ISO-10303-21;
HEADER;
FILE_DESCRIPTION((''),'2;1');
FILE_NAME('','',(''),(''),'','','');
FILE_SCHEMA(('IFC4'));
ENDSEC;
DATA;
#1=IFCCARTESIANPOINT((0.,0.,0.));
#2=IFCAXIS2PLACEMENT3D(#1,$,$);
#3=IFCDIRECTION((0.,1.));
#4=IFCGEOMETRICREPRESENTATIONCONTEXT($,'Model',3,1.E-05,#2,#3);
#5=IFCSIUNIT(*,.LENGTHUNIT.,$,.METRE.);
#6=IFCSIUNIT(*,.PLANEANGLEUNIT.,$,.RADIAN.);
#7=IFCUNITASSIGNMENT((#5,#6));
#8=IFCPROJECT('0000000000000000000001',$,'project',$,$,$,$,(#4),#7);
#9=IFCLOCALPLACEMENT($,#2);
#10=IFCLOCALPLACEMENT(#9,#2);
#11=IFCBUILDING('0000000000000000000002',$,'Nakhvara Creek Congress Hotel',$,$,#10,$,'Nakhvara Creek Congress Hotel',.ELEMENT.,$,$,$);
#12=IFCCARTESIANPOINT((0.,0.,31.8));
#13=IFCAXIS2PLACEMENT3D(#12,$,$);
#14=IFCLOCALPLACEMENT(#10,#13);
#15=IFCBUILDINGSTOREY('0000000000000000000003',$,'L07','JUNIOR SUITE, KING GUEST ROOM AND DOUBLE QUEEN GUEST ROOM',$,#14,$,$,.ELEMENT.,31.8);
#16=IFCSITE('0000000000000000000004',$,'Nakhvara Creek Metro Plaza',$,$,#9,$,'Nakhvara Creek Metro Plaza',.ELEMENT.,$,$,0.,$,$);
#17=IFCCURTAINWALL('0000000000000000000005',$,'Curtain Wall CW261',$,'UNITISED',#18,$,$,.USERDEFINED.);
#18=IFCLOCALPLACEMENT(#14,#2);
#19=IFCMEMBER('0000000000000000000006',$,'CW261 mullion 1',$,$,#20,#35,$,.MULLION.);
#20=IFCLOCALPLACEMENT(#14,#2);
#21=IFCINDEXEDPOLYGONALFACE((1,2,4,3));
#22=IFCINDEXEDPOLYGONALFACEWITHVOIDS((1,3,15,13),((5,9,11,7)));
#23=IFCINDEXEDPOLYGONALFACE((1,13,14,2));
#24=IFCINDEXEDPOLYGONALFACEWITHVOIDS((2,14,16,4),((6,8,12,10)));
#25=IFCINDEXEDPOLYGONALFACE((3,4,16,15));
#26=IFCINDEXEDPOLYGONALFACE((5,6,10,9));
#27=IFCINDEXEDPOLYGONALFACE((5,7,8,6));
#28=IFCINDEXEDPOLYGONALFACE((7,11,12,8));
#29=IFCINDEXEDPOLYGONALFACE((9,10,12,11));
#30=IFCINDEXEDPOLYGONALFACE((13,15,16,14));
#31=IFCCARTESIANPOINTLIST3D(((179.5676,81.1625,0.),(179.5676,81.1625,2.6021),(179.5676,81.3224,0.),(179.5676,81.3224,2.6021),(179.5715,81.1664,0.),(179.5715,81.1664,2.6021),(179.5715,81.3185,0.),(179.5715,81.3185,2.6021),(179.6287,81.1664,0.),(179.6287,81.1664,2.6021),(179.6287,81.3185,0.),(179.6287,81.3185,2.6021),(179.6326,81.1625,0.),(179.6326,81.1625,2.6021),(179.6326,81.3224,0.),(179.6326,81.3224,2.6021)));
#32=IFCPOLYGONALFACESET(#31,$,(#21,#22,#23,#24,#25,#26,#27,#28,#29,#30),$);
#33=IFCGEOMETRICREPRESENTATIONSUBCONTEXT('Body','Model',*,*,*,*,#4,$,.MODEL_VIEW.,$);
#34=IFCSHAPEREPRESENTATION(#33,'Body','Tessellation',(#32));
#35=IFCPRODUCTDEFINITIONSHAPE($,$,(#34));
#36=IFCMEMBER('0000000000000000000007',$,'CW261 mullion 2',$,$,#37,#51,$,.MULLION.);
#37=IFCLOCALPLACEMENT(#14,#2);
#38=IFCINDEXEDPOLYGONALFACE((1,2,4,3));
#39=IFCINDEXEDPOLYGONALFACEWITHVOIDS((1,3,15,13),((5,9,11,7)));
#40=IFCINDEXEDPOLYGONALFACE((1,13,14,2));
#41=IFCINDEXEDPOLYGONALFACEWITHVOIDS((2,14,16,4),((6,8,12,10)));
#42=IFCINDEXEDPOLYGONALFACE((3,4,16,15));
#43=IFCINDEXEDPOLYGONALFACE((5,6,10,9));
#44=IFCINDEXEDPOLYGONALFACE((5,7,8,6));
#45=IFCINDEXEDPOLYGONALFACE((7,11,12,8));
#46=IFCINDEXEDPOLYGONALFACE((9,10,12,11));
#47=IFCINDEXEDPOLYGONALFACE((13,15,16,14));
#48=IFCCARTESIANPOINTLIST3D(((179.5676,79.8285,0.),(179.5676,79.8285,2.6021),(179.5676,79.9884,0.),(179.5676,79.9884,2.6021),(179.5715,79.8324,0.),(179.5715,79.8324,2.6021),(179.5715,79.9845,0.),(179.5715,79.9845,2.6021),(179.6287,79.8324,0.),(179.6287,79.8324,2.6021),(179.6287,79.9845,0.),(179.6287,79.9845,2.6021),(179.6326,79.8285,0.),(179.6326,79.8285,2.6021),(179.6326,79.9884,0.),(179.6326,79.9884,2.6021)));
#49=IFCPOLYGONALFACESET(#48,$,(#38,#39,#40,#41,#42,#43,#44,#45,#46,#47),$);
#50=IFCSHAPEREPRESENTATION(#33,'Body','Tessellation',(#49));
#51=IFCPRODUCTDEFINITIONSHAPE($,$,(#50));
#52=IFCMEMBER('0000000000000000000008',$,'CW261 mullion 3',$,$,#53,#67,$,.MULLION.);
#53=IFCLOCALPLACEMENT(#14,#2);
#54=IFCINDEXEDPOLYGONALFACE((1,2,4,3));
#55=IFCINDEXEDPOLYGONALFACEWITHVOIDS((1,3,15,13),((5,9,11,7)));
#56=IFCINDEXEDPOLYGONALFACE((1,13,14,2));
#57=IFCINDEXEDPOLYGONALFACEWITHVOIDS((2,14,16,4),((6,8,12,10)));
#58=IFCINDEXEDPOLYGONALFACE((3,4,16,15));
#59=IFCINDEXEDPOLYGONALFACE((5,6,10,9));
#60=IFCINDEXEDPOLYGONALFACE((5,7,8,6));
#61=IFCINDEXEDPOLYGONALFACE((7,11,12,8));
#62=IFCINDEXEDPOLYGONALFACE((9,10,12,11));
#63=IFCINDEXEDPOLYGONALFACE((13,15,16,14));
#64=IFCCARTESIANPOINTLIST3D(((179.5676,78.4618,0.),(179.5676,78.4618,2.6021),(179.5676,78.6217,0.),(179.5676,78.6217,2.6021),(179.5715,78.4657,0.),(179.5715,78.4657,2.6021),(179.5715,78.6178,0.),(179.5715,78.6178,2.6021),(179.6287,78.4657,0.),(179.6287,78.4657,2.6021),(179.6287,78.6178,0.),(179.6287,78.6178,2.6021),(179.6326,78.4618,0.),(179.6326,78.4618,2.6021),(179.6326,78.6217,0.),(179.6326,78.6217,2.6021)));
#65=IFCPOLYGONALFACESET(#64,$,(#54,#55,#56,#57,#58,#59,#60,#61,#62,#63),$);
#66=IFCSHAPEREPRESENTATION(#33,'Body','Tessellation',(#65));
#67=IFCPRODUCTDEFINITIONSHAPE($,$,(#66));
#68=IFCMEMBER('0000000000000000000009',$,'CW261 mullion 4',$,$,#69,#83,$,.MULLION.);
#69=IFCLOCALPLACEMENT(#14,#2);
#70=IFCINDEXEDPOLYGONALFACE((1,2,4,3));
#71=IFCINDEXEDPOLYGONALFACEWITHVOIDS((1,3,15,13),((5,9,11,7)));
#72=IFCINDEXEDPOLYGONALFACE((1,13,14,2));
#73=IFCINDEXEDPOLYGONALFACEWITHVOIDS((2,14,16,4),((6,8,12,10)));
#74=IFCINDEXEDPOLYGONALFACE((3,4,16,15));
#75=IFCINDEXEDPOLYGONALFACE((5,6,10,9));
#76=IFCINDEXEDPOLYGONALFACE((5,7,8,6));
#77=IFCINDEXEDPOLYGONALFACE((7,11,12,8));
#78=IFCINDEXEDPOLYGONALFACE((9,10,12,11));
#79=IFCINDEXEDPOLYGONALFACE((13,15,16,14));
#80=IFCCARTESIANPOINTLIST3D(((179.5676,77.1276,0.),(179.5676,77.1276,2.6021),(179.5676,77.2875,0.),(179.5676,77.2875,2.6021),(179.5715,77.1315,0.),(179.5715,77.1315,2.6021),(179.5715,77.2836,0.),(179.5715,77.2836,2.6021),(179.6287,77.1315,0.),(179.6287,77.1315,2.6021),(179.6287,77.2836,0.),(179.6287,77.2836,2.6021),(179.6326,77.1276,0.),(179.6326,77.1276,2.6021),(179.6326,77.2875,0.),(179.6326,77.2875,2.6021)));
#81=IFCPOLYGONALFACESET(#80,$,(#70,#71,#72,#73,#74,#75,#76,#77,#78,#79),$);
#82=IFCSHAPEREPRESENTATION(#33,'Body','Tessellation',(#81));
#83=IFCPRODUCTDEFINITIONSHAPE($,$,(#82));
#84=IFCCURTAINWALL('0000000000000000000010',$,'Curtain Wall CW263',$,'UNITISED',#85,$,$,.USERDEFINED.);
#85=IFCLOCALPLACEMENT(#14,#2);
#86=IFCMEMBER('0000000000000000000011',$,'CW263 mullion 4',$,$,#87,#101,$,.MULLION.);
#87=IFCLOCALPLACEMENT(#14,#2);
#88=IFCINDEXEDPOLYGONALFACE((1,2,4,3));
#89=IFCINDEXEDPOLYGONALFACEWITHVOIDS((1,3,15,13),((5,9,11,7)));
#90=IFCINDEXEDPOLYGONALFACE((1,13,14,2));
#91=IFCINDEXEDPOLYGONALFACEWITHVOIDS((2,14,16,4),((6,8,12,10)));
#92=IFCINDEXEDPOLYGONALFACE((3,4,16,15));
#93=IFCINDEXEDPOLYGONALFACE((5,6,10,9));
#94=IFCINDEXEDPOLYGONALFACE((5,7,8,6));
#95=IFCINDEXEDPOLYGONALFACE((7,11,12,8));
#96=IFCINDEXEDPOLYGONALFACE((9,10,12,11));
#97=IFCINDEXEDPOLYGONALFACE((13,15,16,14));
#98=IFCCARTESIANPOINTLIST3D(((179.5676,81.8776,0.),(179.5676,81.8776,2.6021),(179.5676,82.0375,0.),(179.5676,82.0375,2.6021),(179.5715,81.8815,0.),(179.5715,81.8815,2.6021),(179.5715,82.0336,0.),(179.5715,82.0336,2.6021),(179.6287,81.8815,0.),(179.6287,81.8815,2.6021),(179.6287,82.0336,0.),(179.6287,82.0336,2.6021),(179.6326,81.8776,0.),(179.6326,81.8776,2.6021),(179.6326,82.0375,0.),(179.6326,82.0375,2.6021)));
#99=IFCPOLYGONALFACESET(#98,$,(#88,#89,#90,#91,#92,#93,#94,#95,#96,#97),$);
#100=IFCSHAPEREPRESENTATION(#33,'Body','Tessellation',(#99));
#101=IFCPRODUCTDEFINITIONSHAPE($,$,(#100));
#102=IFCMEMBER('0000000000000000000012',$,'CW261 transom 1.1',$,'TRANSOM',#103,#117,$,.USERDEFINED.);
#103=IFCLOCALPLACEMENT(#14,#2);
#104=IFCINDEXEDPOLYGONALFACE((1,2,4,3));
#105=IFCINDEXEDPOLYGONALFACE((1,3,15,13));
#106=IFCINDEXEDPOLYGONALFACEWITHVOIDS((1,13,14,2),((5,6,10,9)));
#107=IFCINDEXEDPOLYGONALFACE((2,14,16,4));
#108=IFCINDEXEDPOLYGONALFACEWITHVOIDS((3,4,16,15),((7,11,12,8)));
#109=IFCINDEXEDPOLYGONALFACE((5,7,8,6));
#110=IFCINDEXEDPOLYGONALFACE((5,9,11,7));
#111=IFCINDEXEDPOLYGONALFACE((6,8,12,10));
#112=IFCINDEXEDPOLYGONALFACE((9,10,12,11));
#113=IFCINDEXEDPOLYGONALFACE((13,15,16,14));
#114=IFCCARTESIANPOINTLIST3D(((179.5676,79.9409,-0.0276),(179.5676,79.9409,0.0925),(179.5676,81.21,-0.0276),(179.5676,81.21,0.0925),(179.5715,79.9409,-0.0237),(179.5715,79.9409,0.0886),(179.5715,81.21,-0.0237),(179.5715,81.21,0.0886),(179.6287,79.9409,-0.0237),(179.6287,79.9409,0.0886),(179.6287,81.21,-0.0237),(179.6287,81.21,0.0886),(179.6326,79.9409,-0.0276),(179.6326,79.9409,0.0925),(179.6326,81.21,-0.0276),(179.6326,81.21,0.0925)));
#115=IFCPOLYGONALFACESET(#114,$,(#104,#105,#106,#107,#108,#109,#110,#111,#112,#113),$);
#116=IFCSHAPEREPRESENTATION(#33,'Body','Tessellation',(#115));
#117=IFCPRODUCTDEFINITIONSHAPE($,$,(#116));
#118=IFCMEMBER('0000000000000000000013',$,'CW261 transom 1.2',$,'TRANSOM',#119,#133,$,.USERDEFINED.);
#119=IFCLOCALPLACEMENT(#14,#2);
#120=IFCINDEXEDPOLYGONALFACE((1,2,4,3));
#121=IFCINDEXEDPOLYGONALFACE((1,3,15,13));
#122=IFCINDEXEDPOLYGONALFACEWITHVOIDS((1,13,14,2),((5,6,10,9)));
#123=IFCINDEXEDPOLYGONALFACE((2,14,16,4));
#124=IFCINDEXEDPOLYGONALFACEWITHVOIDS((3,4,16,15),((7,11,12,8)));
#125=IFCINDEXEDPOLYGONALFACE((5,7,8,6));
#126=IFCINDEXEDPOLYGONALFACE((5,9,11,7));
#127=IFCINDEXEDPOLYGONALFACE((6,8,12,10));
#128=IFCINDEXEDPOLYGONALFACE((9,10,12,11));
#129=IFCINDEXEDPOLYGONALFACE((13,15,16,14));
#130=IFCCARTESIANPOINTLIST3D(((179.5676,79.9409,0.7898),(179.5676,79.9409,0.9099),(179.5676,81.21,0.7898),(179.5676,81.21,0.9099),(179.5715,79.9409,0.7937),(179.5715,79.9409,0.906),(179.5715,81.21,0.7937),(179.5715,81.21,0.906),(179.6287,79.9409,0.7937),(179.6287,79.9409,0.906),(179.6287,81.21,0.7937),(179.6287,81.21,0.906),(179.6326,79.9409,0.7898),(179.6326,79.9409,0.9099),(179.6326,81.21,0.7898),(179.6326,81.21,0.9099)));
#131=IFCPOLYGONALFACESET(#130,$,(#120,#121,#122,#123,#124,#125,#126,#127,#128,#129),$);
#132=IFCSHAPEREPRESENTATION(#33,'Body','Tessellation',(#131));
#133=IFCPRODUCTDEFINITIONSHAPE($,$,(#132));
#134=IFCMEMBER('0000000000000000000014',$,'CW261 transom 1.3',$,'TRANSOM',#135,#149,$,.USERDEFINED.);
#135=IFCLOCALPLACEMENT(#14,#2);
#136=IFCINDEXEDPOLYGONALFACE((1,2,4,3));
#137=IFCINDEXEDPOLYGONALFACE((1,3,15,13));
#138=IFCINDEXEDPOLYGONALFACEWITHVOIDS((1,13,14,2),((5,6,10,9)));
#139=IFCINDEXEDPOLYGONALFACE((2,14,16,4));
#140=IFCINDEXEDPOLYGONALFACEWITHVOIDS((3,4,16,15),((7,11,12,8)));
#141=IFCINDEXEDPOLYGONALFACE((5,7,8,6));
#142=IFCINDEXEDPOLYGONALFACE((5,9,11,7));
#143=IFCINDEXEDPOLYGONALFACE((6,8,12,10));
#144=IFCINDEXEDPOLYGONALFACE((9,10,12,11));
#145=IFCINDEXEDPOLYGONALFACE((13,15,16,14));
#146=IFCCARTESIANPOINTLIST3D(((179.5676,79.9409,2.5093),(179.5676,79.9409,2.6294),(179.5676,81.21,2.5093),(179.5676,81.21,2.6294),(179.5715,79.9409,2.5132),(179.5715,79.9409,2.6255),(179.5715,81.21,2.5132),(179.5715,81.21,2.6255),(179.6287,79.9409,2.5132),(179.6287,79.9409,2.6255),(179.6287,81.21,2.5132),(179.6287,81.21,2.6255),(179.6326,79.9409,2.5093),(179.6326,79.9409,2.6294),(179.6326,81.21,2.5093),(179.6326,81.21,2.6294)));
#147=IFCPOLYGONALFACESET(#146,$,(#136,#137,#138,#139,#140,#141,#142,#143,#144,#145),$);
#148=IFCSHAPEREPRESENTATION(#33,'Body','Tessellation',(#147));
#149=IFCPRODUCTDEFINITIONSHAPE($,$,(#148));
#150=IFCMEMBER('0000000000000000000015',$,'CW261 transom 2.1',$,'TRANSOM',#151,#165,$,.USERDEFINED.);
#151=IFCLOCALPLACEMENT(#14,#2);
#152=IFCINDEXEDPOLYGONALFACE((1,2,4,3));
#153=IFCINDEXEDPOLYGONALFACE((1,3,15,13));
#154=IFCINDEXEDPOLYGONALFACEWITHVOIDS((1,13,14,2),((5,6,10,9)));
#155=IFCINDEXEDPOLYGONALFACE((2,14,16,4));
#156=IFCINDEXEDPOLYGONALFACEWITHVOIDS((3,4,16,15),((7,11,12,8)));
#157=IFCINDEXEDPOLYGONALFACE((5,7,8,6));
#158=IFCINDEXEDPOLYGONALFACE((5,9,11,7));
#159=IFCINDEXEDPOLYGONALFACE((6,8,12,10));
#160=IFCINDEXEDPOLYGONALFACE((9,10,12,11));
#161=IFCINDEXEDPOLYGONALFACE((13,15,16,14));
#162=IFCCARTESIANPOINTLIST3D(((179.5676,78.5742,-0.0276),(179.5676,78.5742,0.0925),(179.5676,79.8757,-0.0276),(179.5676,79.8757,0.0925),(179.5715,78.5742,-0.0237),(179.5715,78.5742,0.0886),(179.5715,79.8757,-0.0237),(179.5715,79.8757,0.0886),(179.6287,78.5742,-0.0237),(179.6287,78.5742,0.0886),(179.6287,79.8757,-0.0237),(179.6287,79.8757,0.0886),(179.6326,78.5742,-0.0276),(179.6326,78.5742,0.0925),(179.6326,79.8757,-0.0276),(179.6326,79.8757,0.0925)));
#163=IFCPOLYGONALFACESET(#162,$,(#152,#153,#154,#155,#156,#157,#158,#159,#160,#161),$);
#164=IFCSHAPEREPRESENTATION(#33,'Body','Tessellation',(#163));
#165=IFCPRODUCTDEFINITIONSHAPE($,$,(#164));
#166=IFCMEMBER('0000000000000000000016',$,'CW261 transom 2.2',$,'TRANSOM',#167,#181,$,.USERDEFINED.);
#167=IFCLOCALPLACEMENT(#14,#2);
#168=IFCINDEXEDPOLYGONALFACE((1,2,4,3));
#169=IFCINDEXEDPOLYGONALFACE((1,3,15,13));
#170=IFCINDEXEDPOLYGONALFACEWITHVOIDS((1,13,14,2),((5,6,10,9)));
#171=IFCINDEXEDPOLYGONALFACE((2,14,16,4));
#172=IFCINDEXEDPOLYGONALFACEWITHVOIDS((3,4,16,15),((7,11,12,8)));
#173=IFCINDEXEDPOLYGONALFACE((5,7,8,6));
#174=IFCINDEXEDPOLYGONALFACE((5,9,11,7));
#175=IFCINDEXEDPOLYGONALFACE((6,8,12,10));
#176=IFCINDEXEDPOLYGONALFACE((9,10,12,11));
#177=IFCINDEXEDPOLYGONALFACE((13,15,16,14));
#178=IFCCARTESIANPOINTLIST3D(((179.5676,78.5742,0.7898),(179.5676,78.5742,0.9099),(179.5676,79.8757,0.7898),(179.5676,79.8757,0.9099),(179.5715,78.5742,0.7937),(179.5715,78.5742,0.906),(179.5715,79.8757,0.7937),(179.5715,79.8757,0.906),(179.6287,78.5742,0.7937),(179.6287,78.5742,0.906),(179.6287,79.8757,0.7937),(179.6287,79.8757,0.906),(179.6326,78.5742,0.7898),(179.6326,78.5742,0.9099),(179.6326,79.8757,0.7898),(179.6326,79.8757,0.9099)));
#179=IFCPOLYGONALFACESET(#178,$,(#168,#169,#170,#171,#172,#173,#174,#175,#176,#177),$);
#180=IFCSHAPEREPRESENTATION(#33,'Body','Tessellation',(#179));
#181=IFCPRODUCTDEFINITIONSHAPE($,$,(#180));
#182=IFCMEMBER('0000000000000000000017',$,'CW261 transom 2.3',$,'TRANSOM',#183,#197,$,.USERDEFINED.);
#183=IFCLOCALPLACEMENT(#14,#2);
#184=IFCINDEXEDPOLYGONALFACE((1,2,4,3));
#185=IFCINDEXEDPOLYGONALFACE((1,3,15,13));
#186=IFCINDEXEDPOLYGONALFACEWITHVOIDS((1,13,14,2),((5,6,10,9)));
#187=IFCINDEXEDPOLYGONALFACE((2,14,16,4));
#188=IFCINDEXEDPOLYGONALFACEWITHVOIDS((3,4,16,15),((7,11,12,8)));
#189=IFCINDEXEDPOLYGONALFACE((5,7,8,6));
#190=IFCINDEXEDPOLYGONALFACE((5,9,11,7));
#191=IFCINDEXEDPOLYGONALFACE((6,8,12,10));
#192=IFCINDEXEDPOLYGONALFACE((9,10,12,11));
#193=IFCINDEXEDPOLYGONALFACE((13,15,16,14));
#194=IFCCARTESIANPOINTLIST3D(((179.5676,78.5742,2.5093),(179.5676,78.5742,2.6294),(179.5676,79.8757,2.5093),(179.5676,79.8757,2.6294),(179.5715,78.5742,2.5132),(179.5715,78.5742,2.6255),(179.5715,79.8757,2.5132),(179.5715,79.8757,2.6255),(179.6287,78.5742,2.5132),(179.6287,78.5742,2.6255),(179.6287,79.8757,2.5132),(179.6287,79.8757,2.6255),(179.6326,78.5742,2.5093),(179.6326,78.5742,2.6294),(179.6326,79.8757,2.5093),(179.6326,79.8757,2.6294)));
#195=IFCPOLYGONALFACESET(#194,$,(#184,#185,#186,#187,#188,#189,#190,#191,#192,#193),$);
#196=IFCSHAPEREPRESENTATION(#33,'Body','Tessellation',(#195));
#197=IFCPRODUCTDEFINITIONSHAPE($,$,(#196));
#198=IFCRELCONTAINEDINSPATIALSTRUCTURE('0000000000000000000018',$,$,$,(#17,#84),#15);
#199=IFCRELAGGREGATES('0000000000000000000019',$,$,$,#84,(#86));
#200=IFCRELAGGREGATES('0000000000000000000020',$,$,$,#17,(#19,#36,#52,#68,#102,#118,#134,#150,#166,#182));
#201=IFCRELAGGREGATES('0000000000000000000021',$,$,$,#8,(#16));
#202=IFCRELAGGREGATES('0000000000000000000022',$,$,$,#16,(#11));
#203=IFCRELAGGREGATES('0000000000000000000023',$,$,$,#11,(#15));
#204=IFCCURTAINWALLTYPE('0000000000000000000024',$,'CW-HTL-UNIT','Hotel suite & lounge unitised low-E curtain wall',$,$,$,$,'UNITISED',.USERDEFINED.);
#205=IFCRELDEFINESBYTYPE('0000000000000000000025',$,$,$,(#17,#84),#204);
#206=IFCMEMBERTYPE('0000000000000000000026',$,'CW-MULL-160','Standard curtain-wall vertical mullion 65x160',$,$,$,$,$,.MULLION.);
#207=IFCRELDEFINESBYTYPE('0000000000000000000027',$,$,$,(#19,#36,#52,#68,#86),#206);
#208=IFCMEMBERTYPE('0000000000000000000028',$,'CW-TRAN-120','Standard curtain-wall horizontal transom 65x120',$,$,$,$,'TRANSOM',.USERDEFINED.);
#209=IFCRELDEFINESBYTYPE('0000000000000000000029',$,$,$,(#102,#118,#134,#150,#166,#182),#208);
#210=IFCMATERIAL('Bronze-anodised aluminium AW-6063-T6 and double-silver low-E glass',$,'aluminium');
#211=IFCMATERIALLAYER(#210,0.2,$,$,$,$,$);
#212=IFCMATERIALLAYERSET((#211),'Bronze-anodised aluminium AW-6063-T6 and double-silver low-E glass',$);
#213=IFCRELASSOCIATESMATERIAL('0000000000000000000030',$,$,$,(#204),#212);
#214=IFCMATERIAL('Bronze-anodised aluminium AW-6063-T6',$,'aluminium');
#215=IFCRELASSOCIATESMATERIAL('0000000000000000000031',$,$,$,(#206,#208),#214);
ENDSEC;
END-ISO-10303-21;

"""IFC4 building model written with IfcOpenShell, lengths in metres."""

from ifc_helpers import new_model, si_unit, direction, frame, origin, origin_2d, place, context, subcontext, project, spatial, hollow_rectangle, extrude, material, layer, layer_set, material_profile, profile_set, type_object, element, aggregate, save


model = new_model("IFC4")

# Units and contexts
model_context = context("Model", 3, precision=1e-05, world=origin(), true_north=direction((0.0, 1.0)))
body_context = subcontext(model_context, "Body", "Model", "MODEL_VIEW")
ifc_project = project(units=[si_unit("LENGTHUNIT", "METRE"), si_unit("PLANEANGLEUNIT", "RADIAN")], contexts=[model_context])

# Site, building, storey
site_placement = place(None, origin())
site = spatial("IfcSite", under=ifc_project, at=site_placement, Name="Nakhvara Creek Metro Plaza", LongName="Nakhvara Creek Metro Plaza", CompositionType="ELEMENT", RefElevation=0.0)
building_placement = place(site_placement, origin())
building = spatial("IfcBuilding", under=site, at=building_placement, Name="Nakhvara Creek Congress Hotel", LongName="Nakhvara Creek Congress Hotel", CompositionType="ELEMENT")
storey_placement = place(building_placement, frame((0.0, 0.0, 31.8)))
storey = spatial("IfcBuildingStorey", under=building, at=storey_placement, Name="L07", Description="JUNIOR SUITE, KING GUEST ROOM AND DOUBLE QUEEN GUEST ROOM", CompositionType="ELEMENT", Elevation=31.8)

# Curtain wall, members
ifc_material_1 = material(Name="Bronze-anodised aluminium AW-6063-T6 and double-silver low-E glass", Category="aluminium")
ifc_layer = layer(ifc_material_1, 0.2)
ifc_layer_set = layer_set([ifc_layer], Name="Bronze-anodised aluminium AW-6063-T6 and double-silver low-E glass")
curtain_wall_type = type_object("IfcCurtainWallType", Name="CW-HTL-UNIT", Description="Hotel suite & lounge unitised low-E curtain wall", ElementType="UNITISED", PredefinedType="USERDEFINED", material=ifc_layer_set)
curtain_wall_1_placement = place(storey_placement, origin())
curtain_wall_1 = element("IfcCurtainWall", 1, at=curtain_wall_1_placement, inside=storey, type_object=curtain_wall_type, Name="Curtain Wall CW261", ObjectType="UNITISED", PredefinedType="USERDEFINED")
ifc_material_2 = material(Name="Bronze-anodised aluminium AW-6063-T6", Category="aluminium")
ifc_material_profile_1 = material_profile(ifc_material_2, hollow_rectangle(XDim=0.0649, YDim=0.1599, WallThickness=0.0039, at=origin_2d()), Name="ALU-MULL 65x160x4", Category="LoadBearing")
ifc_profile_set_1 = profile_set([ifc_material_profile_1], Name="Bronze-anodised aluminium AW-6063-T6")
member_type_1 = type_object("IfcMemberType", Name="CW-MULL-160", Description="Standard curtain-wall vertical mullion 65x160", PredefinedType="MULLION", material=ifc_profile_set_1)
member_1_placement = place(storey_placement, frame((179.6001, 81.2424, 0.0), z_axis=(0.0, 0.0, 1.0), x_axis=(1.0, 0.0, 0.0)))
member_1 = element("IfcMember", 2, at=member_1_placement, type_object=member_type_1, Name="CW261 mullion 1", PredefinedType="MULLION", context=body_context, shape_type="SweptSolid", body=[
    extrude(hollow_rectangle(XDim=0.0649, YDim=0.1599, WallThickness=0.0039, at=origin_2d()), origin(), (0.0, 0.0, 1.0), 2.6021),
])
member_2_placement = place(storey_placement, frame((179.6001, 79.9084, 0.0), z_axis=(0.0, 0.0, 1.0), x_axis=(1.0, 0.0, 0.0)))
member_2 = element("IfcMember", 3, at=member_2_placement, type_object=member_type_1, Name="CW261 mullion 2", PredefinedType="MULLION", context=body_context, shape_type="SweptSolid", body=[
    extrude(hollow_rectangle(XDim=0.0649, YDim=0.1599, WallThickness=0.0039, at=origin_2d()), origin(), (0.0, 0.0, 1.0), 2.6021),
])
member_3_placement = place(storey_placement, frame((179.6001, 78.5417, 0.0), z_axis=(0.0, 0.0, 1.0), x_axis=(1.0, 0.0, 0.0)))
member_3 = element("IfcMember", 4, at=member_3_placement, type_object=member_type_1, Name="CW261 mullion 3", PredefinedType="MULLION", context=body_context, shape_type="SweptSolid", body=[
    extrude(hollow_rectangle(XDim=0.0649, YDim=0.1599, WallThickness=0.0039, at=origin_2d()), origin(), (0.0, 0.0, 1.0), 2.6021),
])
member_4_placement = place(storey_placement, frame((179.6001, 77.2075, 0.0), z_axis=(0.0, 0.0, 1.0), x_axis=(1.0, 0.0, 0.0)))
member_4 = element("IfcMember", 5, at=member_4_placement, type_object=member_type_1, Name="CW261 mullion 4", PredefinedType="MULLION", context=body_context, shape_type="SweptSolid", body=[
    extrude(hollow_rectangle(XDim=0.0649, YDim=0.1599, WallThickness=0.0039, at=origin_2d()), origin(), (0.0, 0.0, 1.0), 2.6021),
])

# Curtain wall, member
curtain_wall_2_placement = place(storey_placement, origin())
curtain_wall_2 = element("IfcCurtainWall", 6, at=curtain_wall_2_placement, inside=storey, type_object=curtain_wall_type, Name="Curtain Wall CW263", ObjectType="UNITISED", PredefinedType="USERDEFINED")
member_5_placement = place(storey_placement, frame((179.6001, 81.9575, 0.0), z_axis=(0.0, 0.0, 1.0), x_axis=(1.0, 0.0, 0.0)))
member_5 = element("IfcMember", 7, at=member_5_placement, type_object=member_type_1, Name="CW263 mullion 4", PredefinedType="MULLION", context=body_context, shape_type="SweptSolid", body=[
    extrude(hollow_rectangle(XDim=0.0649, YDim=0.1599, WallThickness=0.0039, at=origin_2d()), origin(), (0.0, 0.0, 1.0), 2.6021),
])
aggregate(curtain_wall_2, [member_5])

# Members
ifc_material_profile_2 = material_profile(ifc_material_2, hollow_rectangle(XDim=0.0649, YDim=0.1201, WallThickness=0.0039, at=origin_2d()), Name="ALU-TRAN 65x120x4", Category="LoadBearing")
ifc_profile_set_2 = profile_set([ifc_material_profile_2], Name="Bronze-anodised aluminium AW-6063-T6")
member_type_2 = type_object("IfcMemberType", Name="CW-TRAN-120", Description="Standard curtain-wall horizontal transom 65x120", ElementType="TRANSOM", PredefinedType="USERDEFINED", material=ifc_profile_set_2)
member_6_placement = place(storey_placement, frame((179.6001, 81.21, 0.0325), z_axis=(0.0, -1.0, 0.0), x_axis=(1.0, 0.0, 0.0)))
member_6 = element("IfcMember", 8, at=member_6_placement, type_object=member_type_2, Name="CW261 transom 1.1", ObjectType="TRANSOM", PredefinedType="USERDEFINED", context=body_context, shape_type="SweptSolid", body=[
    extrude(hollow_rectangle(XDim=0.0649, YDim=0.1201, WallThickness=0.0039, at=origin_2d()), origin(), (0.0, 0.0, 1.0), 1.269),
])
member_7_placement = place(storey_placement, frame((179.6001, 81.21, 0.8499), z_axis=(0.0, -1.0, 0.0), x_axis=(1.0, 0.0, 0.0)))
member_7 = element("IfcMember", 9, at=member_7_placement, type_object=member_type_2, Name="CW261 transom 1.2", ObjectType="TRANSOM", PredefinedType="USERDEFINED", context=body_context, shape_type="SweptSolid", body=[
    extrude(hollow_rectangle(XDim=0.0649, YDim=0.1201, WallThickness=0.0039, at=origin_2d()), origin(), (0.0, 0.0, 1.0), 1.269),
])
member_8_placement = place(storey_placement, frame((179.6001, 81.21, 2.5693), z_axis=(0.0, -1.0, 0.0), x_axis=(1.0, 0.0, 0.0)))
member_8 = element("IfcMember", 10, at=member_8_placement, type_object=member_type_2, Name="CW261 transom 1.3", ObjectType="TRANSOM", PredefinedType="USERDEFINED", context=body_context, shape_type="SweptSolid", body=[
    extrude(hollow_rectangle(XDim=0.0649, YDim=0.1201, WallThickness=0.0039, at=origin_2d()), origin(), (0.0, 0.0, 1.0), 1.269),
])
member_9_placement = place(storey_placement, frame((179.6001, 79.8757, 0.0325), z_axis=(0.0, -1.0, 0.0), x_axis=(1.0, 0.0, 0.0)))
member_9 = element("IfcMember", 11, at=member_9_placement, type_object=member_type_2, Name="CW261 transom 2.1", ObjectType="TRANSOM", PredefinedType="USERDEFINED", context=body_context, shape_type="SweptSolid", body=[
    extrude(hollow_rectangle(XDim=0.0649, YDim=0.1201, WallThickness=0.0039, at=origin_2d()), origin(), (0.0, 0.0, 1.0), 1.3015),
])
member_10_placement = place(storey_placement, frame((179.6001, 79.8757, 0.8499), z_axis=(0.0, -1.0, 0.0), x_axis=(1.0, 0.0, 0.0)))
member_10 = element("IfcMember", 12, at=member_10_placement, type_object=member_type_2, Name="CW261 transom 2.2", ObjectType="TRANSOM", PredefinedType="USERDEFINED", context=body_context, shape_type="SweptSolid", body=[
    extrude(hollow_rectangle(XDim=0.0649, YDim=0.1201, WallThickness=0.0039, at=origin_2d()), origin(), (0.0, 0.0, 1.0), 1.3015),
])
member_11_placement = place(storey_placement, frame((179.6001, 79.8757, 2.5693), z_axis=(0.0, -1.0, 0.0), x_axis=(1.0, 0.0, 0.0)))
member_11 = element("IfcMember", 13, at=member_11_placement, type_object=member_type_2, Name="CW261 transom 2.3", ObjectType="TRANSOM", PredefinedType="USERDEFINED", context=body_context, shape_type="SweptSolid", body=[
    extrude(hollow_rectangle(XDim=0.0649, YDim=0.1201, WallThickness=0.0039, at=origin_2d()), origin(), (0.0, 0.0, 1.0), 1.3015),
])

aggregate(curtain_wall_1, [member_1, member_2, member_3, member_4, member_6, member_7, member_8, member_9, member_10, member_11])

save(model, "model.ifc")
